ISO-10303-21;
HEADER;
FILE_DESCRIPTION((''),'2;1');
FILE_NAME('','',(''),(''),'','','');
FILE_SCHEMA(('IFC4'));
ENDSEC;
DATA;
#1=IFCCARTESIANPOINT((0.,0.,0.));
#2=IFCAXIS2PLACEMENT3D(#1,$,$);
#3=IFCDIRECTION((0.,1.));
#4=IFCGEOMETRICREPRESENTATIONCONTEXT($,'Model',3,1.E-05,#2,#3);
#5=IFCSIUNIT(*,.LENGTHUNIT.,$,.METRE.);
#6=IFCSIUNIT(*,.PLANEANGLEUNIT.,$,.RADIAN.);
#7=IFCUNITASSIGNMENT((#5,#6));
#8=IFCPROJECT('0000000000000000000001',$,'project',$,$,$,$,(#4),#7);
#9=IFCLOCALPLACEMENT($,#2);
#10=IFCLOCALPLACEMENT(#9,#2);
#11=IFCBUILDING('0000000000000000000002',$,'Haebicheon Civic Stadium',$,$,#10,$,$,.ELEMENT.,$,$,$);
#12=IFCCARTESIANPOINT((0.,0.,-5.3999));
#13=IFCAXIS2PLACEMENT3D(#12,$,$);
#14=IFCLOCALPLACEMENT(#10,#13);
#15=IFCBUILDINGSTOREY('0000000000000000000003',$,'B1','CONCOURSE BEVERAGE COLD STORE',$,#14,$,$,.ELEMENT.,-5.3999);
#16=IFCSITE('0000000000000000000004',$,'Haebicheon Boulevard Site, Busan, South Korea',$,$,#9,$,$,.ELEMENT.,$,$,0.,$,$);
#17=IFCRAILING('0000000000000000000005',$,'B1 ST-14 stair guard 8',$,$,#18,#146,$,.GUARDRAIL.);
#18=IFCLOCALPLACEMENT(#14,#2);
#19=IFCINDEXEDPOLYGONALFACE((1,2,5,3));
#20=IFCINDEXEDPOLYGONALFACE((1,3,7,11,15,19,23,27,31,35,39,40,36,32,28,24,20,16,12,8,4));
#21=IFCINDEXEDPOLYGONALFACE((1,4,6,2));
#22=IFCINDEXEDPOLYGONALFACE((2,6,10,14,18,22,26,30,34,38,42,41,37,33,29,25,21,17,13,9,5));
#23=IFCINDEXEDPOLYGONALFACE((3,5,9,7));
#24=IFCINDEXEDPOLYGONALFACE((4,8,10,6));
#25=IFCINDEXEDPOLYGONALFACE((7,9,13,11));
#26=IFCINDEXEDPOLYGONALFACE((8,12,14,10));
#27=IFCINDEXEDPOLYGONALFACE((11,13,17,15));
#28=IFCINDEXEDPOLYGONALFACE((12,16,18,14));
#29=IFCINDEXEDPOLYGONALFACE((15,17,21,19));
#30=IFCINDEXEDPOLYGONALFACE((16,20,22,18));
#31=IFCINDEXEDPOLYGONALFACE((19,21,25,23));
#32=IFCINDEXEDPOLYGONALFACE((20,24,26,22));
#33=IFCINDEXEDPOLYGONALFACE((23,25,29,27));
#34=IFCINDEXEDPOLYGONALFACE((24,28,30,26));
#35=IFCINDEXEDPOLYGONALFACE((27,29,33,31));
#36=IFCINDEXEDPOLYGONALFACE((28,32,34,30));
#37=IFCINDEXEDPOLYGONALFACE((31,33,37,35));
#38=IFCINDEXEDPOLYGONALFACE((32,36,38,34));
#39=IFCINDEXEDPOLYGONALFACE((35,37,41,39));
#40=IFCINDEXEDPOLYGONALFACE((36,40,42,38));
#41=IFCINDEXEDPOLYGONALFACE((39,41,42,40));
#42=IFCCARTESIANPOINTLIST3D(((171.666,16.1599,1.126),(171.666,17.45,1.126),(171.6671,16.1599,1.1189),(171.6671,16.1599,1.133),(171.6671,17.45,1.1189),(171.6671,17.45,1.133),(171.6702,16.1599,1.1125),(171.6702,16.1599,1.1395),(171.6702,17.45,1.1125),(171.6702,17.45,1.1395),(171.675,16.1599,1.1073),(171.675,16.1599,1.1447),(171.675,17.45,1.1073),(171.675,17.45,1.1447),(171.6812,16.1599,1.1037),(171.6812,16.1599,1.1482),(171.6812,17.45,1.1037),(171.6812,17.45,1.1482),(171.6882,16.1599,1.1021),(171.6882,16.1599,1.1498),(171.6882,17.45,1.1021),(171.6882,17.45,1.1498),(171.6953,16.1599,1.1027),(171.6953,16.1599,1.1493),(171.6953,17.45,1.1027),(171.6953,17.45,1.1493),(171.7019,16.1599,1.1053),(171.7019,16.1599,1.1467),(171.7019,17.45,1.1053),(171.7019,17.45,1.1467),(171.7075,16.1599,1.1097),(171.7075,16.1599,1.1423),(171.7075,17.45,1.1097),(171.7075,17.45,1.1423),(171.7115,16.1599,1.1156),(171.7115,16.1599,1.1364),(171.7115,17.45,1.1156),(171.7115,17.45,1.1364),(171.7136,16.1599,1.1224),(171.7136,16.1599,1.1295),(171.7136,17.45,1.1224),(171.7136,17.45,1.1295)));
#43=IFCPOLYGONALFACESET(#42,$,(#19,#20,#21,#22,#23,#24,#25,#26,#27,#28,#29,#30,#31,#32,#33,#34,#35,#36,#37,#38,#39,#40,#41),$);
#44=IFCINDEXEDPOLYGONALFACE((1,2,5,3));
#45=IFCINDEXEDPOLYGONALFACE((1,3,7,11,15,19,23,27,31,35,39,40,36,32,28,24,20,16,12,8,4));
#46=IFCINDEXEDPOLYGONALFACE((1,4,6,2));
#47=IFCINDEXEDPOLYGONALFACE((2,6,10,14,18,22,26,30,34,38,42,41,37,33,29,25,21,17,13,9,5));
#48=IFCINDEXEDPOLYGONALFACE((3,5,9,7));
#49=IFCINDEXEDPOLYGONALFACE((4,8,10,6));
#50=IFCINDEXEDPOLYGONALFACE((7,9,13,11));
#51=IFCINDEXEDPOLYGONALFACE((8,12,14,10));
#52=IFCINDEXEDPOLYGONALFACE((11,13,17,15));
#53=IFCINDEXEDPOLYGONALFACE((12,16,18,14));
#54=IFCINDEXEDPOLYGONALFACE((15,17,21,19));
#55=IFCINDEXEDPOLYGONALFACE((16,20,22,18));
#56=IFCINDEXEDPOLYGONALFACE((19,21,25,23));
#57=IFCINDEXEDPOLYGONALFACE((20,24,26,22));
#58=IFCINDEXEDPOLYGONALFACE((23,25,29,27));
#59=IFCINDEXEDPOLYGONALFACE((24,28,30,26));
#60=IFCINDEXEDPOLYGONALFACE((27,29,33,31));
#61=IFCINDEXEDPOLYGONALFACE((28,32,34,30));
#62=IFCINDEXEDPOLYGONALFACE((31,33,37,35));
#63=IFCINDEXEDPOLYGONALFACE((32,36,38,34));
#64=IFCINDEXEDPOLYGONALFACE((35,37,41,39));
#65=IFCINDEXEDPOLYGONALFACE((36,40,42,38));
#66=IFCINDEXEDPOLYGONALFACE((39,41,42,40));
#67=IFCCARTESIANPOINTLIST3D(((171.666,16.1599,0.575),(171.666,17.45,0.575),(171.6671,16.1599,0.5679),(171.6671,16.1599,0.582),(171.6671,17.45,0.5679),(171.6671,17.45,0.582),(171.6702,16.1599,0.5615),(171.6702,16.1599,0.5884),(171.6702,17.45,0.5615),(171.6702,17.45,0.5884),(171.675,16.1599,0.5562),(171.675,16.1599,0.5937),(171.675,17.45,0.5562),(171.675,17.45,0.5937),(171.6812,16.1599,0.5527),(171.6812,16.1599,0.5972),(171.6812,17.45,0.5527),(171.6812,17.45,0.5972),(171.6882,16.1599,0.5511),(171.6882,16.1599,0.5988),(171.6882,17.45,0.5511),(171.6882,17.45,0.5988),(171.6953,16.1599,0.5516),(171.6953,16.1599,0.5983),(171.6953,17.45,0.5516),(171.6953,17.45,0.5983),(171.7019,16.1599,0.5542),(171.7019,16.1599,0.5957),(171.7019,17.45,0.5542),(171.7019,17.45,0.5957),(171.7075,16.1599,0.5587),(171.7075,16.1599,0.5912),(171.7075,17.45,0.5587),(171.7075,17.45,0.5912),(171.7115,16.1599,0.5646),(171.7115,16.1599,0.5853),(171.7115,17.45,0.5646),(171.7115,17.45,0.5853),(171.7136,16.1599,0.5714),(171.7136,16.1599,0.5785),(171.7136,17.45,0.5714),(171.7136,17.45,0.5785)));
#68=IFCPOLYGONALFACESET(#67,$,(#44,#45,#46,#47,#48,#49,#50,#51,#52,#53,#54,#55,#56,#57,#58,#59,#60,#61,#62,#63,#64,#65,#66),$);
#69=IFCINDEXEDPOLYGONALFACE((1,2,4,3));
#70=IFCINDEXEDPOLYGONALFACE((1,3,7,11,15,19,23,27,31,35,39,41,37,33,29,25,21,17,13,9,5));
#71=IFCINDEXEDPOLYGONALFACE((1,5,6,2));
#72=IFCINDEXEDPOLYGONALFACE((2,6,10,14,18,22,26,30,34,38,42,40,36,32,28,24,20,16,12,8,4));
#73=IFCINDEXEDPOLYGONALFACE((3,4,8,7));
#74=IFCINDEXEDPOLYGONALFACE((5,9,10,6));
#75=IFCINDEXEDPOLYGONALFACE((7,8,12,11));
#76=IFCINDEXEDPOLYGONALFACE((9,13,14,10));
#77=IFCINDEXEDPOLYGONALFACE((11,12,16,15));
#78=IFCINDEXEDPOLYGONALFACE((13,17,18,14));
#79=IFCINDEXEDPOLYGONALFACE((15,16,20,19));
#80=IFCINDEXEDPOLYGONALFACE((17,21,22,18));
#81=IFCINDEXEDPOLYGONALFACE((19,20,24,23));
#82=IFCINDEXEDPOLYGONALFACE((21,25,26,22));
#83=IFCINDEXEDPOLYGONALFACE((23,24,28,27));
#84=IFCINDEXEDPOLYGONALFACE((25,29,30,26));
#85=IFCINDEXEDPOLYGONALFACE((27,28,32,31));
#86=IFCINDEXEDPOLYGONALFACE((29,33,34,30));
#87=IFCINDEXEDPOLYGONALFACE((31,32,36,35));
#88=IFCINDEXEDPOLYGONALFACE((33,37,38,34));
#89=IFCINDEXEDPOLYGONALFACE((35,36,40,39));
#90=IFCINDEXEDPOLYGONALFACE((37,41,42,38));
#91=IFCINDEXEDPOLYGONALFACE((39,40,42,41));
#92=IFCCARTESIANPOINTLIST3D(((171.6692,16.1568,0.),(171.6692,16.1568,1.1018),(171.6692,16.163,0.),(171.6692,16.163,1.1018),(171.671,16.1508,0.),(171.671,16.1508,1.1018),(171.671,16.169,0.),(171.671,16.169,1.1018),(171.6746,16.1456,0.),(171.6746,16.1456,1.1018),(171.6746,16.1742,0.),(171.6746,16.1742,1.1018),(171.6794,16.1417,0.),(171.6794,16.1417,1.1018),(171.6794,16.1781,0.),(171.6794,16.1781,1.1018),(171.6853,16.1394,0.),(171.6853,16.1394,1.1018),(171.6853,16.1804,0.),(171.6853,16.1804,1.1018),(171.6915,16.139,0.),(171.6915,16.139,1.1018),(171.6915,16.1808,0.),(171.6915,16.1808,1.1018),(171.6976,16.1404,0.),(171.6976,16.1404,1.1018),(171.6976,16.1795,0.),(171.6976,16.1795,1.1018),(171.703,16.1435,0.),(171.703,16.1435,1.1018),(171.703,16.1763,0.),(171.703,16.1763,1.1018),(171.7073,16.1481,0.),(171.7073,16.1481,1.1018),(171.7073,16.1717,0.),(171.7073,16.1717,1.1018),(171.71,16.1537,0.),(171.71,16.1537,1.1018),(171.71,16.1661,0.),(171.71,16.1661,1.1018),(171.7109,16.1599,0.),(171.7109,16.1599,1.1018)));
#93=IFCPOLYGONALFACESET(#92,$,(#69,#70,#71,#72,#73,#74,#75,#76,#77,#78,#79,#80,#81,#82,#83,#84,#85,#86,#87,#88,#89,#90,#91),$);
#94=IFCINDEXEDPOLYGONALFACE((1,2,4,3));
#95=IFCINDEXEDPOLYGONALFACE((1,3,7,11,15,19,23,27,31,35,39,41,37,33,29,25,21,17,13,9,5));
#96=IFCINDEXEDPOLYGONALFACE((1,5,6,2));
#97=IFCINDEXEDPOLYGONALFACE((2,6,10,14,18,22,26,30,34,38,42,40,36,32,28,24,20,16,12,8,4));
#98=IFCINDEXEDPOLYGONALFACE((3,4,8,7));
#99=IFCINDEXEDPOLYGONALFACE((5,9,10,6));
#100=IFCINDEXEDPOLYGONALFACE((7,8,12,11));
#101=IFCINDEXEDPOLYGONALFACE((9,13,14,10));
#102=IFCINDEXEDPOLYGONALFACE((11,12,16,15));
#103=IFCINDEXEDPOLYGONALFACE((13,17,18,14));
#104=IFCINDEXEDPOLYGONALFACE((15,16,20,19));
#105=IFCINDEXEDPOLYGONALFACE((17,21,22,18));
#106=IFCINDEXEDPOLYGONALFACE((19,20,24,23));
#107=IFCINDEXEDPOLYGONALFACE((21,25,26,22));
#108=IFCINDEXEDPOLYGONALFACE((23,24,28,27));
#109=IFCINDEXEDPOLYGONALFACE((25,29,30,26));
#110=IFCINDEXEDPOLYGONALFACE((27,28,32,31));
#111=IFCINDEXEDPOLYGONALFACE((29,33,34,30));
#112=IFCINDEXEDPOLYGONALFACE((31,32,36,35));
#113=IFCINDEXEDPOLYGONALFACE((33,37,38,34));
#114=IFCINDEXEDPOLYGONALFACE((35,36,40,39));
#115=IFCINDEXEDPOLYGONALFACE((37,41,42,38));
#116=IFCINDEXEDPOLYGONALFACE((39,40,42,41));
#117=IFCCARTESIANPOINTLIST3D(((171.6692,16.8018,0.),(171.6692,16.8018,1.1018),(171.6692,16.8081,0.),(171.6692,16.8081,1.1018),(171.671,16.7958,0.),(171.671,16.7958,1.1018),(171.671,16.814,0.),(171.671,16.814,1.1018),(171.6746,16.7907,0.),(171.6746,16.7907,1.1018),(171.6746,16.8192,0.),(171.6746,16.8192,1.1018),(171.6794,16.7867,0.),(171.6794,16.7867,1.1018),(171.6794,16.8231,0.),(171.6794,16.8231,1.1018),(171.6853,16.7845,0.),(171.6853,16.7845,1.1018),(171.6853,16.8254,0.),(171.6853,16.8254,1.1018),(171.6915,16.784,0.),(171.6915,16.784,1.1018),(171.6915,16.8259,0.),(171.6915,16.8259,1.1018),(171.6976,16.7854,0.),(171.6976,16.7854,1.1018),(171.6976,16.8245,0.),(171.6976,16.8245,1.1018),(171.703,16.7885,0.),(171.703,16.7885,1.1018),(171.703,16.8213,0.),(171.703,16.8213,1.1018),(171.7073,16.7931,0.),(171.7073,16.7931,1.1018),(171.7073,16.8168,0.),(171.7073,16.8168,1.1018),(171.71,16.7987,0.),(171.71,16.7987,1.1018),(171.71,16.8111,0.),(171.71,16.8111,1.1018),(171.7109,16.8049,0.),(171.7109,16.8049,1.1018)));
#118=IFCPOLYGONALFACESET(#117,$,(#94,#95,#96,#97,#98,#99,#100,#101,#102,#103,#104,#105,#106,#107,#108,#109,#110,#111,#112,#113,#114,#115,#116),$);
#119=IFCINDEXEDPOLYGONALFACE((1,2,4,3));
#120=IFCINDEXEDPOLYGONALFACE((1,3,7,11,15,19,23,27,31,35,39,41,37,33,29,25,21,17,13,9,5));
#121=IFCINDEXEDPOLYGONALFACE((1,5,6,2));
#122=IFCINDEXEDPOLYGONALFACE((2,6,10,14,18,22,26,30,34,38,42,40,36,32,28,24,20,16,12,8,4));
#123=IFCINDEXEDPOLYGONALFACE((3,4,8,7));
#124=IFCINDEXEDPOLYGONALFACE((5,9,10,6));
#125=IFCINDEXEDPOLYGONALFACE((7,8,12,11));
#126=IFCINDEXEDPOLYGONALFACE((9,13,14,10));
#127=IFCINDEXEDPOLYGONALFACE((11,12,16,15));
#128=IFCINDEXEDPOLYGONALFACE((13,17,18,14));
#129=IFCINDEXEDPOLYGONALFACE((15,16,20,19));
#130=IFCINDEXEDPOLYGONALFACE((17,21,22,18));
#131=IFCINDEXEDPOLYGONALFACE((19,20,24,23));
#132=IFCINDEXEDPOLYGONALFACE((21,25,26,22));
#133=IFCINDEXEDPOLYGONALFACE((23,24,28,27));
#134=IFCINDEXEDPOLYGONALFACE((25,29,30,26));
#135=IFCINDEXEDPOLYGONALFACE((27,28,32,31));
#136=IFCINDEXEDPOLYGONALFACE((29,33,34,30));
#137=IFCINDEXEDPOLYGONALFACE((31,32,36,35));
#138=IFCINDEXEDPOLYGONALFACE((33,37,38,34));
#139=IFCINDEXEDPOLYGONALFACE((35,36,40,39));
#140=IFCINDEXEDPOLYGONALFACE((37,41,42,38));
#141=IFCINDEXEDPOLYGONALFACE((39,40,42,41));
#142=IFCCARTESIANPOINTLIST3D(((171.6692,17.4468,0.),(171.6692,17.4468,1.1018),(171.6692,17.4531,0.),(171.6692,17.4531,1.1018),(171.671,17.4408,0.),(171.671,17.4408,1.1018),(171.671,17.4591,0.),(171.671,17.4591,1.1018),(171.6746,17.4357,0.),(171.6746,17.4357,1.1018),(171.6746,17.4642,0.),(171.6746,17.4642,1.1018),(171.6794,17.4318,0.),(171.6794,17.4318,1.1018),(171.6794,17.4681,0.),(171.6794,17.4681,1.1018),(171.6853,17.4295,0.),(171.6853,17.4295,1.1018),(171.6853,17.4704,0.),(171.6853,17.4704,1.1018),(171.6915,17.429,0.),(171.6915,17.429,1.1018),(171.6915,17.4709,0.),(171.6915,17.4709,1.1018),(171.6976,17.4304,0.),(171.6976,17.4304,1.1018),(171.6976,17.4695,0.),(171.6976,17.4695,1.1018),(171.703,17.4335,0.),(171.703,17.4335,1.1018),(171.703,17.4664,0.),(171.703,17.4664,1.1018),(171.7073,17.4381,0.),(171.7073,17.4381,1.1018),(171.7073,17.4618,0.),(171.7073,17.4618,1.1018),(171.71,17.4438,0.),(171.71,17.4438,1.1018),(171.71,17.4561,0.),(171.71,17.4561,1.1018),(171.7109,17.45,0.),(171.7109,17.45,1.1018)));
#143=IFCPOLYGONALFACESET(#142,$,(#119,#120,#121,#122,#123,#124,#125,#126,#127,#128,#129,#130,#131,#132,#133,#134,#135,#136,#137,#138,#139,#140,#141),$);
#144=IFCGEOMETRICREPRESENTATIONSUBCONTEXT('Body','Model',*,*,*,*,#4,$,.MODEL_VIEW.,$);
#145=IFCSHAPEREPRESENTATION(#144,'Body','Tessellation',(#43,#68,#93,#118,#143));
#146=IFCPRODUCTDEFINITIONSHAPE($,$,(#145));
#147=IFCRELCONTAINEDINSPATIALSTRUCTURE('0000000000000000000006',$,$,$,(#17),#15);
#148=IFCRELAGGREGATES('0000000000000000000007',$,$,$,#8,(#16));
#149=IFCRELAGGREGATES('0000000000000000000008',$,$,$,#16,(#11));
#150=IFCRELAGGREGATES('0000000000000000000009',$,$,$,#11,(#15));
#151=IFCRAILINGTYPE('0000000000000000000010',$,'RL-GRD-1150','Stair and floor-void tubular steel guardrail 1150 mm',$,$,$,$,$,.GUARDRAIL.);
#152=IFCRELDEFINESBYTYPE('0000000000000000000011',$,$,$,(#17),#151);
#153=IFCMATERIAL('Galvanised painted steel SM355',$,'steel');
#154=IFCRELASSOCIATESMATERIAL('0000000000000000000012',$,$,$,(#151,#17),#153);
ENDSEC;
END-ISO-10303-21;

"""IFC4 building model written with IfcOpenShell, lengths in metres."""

from ifc_helpers import new_model, si_unit, direction, frame, origin, origin_2d, place, context, subcontext, project, spatial, circle, extrude, material, type_object, element, save


model = new_model("IFC4")

# Units and contexts
model_context = context("Model", 3, precision=1e-05, world=origin(), true_north=direction((0.0, 1.0)))
body_context = subcontext(model_context, "Body", "Model", "MODEL_VIEW")
ifc_project = project(units=[si_unit("LENGTHUNIT", "METRE"), si_unit("PLANEANGLEUNIT", "RADIAN")], contexts=[model_context])

# Site, building, storey
site_placement = place(None, origin())
site = spatial("IfcSite", under=ifc_project, at=site_placement, Name="Haebicheon Boulevard Site, Busan, South Korea", CompositionType="ELEMENT", RefElevation=0.0)
building_placement = place(site_placement, origin())
building = spatial("IfcBuilding", under=site, at=building_placement, Name="Haebicheon Civic Stadium", CompositionType="ELEMENT")
storey_placement = place(building_placement, frame((0.0, 0.0, -5.3999)))
storey = spatial("IfcBuildingStorey", under=building, at=storey_placement, Name="B1", Description="CONCOURSE BEVERAGE COLD STORE", CompositionType="ELEMENT", Elevation=-5.3999)

# Railing
ifc_material_1 = material(Name="Galvanised painted steel SM355", Category="steel")
railing_type_1 = type_object("IfcRailingType", Name="RL-GRD-1150", Description="Stair and floor-void tubular steel guardrail 1150 mm", PredefinedType="GUARDRAIL", material=ifc_material_1)
railing_1_placement = place(storey_placement, frame((171.6899, 16.1599, 0.0)))
element("IfcRailing", 1, at=railing_1_placement, inside=storey, type_object=railing_type_1, material=ifc_material_1, Name="B1 ST-14 stair guard 8", PredefinedType="GUARDRAIL", context=body_context, shape_type="SweptSolid", body=[
    extrude(circle(Radius=0.0239, at=origin_2d()), frame((0.0, 0.0, 1.126), z_axis=(0.0, 1.0, 0.0), x_axis=(-1.0, 0.0, 0.0)), (0.0, 0.0, 1.0), 1.29),
    extrude(circle(Radius=0.0239, at=origin_2d()), frame((0.0, 0.0, 0.575), z_axis=(0.0, 1.0, 0.0), x_axis=(-1.0, 0.0, 0.0)), (0.0, 0.0, 1.0), 1.29),
    extrude(circle(Radius=0.021, at=origin_2d()), origin(), (0.0, 0.0, 1.0), 1.1018),
    extrude(circle(Radius=0.021, at=origin_2d()), frame((0.0, 0.645, 0.0)), (0.0, 0.0, 1.0), 1.1018),
    extrude(circle(Radius=0.021, at=origin_2d()), frame((0.0, 1.29, 0.0)), (0.0, 0.0, 1.0), 1.1018),
])

save(model, "model.ifc")
